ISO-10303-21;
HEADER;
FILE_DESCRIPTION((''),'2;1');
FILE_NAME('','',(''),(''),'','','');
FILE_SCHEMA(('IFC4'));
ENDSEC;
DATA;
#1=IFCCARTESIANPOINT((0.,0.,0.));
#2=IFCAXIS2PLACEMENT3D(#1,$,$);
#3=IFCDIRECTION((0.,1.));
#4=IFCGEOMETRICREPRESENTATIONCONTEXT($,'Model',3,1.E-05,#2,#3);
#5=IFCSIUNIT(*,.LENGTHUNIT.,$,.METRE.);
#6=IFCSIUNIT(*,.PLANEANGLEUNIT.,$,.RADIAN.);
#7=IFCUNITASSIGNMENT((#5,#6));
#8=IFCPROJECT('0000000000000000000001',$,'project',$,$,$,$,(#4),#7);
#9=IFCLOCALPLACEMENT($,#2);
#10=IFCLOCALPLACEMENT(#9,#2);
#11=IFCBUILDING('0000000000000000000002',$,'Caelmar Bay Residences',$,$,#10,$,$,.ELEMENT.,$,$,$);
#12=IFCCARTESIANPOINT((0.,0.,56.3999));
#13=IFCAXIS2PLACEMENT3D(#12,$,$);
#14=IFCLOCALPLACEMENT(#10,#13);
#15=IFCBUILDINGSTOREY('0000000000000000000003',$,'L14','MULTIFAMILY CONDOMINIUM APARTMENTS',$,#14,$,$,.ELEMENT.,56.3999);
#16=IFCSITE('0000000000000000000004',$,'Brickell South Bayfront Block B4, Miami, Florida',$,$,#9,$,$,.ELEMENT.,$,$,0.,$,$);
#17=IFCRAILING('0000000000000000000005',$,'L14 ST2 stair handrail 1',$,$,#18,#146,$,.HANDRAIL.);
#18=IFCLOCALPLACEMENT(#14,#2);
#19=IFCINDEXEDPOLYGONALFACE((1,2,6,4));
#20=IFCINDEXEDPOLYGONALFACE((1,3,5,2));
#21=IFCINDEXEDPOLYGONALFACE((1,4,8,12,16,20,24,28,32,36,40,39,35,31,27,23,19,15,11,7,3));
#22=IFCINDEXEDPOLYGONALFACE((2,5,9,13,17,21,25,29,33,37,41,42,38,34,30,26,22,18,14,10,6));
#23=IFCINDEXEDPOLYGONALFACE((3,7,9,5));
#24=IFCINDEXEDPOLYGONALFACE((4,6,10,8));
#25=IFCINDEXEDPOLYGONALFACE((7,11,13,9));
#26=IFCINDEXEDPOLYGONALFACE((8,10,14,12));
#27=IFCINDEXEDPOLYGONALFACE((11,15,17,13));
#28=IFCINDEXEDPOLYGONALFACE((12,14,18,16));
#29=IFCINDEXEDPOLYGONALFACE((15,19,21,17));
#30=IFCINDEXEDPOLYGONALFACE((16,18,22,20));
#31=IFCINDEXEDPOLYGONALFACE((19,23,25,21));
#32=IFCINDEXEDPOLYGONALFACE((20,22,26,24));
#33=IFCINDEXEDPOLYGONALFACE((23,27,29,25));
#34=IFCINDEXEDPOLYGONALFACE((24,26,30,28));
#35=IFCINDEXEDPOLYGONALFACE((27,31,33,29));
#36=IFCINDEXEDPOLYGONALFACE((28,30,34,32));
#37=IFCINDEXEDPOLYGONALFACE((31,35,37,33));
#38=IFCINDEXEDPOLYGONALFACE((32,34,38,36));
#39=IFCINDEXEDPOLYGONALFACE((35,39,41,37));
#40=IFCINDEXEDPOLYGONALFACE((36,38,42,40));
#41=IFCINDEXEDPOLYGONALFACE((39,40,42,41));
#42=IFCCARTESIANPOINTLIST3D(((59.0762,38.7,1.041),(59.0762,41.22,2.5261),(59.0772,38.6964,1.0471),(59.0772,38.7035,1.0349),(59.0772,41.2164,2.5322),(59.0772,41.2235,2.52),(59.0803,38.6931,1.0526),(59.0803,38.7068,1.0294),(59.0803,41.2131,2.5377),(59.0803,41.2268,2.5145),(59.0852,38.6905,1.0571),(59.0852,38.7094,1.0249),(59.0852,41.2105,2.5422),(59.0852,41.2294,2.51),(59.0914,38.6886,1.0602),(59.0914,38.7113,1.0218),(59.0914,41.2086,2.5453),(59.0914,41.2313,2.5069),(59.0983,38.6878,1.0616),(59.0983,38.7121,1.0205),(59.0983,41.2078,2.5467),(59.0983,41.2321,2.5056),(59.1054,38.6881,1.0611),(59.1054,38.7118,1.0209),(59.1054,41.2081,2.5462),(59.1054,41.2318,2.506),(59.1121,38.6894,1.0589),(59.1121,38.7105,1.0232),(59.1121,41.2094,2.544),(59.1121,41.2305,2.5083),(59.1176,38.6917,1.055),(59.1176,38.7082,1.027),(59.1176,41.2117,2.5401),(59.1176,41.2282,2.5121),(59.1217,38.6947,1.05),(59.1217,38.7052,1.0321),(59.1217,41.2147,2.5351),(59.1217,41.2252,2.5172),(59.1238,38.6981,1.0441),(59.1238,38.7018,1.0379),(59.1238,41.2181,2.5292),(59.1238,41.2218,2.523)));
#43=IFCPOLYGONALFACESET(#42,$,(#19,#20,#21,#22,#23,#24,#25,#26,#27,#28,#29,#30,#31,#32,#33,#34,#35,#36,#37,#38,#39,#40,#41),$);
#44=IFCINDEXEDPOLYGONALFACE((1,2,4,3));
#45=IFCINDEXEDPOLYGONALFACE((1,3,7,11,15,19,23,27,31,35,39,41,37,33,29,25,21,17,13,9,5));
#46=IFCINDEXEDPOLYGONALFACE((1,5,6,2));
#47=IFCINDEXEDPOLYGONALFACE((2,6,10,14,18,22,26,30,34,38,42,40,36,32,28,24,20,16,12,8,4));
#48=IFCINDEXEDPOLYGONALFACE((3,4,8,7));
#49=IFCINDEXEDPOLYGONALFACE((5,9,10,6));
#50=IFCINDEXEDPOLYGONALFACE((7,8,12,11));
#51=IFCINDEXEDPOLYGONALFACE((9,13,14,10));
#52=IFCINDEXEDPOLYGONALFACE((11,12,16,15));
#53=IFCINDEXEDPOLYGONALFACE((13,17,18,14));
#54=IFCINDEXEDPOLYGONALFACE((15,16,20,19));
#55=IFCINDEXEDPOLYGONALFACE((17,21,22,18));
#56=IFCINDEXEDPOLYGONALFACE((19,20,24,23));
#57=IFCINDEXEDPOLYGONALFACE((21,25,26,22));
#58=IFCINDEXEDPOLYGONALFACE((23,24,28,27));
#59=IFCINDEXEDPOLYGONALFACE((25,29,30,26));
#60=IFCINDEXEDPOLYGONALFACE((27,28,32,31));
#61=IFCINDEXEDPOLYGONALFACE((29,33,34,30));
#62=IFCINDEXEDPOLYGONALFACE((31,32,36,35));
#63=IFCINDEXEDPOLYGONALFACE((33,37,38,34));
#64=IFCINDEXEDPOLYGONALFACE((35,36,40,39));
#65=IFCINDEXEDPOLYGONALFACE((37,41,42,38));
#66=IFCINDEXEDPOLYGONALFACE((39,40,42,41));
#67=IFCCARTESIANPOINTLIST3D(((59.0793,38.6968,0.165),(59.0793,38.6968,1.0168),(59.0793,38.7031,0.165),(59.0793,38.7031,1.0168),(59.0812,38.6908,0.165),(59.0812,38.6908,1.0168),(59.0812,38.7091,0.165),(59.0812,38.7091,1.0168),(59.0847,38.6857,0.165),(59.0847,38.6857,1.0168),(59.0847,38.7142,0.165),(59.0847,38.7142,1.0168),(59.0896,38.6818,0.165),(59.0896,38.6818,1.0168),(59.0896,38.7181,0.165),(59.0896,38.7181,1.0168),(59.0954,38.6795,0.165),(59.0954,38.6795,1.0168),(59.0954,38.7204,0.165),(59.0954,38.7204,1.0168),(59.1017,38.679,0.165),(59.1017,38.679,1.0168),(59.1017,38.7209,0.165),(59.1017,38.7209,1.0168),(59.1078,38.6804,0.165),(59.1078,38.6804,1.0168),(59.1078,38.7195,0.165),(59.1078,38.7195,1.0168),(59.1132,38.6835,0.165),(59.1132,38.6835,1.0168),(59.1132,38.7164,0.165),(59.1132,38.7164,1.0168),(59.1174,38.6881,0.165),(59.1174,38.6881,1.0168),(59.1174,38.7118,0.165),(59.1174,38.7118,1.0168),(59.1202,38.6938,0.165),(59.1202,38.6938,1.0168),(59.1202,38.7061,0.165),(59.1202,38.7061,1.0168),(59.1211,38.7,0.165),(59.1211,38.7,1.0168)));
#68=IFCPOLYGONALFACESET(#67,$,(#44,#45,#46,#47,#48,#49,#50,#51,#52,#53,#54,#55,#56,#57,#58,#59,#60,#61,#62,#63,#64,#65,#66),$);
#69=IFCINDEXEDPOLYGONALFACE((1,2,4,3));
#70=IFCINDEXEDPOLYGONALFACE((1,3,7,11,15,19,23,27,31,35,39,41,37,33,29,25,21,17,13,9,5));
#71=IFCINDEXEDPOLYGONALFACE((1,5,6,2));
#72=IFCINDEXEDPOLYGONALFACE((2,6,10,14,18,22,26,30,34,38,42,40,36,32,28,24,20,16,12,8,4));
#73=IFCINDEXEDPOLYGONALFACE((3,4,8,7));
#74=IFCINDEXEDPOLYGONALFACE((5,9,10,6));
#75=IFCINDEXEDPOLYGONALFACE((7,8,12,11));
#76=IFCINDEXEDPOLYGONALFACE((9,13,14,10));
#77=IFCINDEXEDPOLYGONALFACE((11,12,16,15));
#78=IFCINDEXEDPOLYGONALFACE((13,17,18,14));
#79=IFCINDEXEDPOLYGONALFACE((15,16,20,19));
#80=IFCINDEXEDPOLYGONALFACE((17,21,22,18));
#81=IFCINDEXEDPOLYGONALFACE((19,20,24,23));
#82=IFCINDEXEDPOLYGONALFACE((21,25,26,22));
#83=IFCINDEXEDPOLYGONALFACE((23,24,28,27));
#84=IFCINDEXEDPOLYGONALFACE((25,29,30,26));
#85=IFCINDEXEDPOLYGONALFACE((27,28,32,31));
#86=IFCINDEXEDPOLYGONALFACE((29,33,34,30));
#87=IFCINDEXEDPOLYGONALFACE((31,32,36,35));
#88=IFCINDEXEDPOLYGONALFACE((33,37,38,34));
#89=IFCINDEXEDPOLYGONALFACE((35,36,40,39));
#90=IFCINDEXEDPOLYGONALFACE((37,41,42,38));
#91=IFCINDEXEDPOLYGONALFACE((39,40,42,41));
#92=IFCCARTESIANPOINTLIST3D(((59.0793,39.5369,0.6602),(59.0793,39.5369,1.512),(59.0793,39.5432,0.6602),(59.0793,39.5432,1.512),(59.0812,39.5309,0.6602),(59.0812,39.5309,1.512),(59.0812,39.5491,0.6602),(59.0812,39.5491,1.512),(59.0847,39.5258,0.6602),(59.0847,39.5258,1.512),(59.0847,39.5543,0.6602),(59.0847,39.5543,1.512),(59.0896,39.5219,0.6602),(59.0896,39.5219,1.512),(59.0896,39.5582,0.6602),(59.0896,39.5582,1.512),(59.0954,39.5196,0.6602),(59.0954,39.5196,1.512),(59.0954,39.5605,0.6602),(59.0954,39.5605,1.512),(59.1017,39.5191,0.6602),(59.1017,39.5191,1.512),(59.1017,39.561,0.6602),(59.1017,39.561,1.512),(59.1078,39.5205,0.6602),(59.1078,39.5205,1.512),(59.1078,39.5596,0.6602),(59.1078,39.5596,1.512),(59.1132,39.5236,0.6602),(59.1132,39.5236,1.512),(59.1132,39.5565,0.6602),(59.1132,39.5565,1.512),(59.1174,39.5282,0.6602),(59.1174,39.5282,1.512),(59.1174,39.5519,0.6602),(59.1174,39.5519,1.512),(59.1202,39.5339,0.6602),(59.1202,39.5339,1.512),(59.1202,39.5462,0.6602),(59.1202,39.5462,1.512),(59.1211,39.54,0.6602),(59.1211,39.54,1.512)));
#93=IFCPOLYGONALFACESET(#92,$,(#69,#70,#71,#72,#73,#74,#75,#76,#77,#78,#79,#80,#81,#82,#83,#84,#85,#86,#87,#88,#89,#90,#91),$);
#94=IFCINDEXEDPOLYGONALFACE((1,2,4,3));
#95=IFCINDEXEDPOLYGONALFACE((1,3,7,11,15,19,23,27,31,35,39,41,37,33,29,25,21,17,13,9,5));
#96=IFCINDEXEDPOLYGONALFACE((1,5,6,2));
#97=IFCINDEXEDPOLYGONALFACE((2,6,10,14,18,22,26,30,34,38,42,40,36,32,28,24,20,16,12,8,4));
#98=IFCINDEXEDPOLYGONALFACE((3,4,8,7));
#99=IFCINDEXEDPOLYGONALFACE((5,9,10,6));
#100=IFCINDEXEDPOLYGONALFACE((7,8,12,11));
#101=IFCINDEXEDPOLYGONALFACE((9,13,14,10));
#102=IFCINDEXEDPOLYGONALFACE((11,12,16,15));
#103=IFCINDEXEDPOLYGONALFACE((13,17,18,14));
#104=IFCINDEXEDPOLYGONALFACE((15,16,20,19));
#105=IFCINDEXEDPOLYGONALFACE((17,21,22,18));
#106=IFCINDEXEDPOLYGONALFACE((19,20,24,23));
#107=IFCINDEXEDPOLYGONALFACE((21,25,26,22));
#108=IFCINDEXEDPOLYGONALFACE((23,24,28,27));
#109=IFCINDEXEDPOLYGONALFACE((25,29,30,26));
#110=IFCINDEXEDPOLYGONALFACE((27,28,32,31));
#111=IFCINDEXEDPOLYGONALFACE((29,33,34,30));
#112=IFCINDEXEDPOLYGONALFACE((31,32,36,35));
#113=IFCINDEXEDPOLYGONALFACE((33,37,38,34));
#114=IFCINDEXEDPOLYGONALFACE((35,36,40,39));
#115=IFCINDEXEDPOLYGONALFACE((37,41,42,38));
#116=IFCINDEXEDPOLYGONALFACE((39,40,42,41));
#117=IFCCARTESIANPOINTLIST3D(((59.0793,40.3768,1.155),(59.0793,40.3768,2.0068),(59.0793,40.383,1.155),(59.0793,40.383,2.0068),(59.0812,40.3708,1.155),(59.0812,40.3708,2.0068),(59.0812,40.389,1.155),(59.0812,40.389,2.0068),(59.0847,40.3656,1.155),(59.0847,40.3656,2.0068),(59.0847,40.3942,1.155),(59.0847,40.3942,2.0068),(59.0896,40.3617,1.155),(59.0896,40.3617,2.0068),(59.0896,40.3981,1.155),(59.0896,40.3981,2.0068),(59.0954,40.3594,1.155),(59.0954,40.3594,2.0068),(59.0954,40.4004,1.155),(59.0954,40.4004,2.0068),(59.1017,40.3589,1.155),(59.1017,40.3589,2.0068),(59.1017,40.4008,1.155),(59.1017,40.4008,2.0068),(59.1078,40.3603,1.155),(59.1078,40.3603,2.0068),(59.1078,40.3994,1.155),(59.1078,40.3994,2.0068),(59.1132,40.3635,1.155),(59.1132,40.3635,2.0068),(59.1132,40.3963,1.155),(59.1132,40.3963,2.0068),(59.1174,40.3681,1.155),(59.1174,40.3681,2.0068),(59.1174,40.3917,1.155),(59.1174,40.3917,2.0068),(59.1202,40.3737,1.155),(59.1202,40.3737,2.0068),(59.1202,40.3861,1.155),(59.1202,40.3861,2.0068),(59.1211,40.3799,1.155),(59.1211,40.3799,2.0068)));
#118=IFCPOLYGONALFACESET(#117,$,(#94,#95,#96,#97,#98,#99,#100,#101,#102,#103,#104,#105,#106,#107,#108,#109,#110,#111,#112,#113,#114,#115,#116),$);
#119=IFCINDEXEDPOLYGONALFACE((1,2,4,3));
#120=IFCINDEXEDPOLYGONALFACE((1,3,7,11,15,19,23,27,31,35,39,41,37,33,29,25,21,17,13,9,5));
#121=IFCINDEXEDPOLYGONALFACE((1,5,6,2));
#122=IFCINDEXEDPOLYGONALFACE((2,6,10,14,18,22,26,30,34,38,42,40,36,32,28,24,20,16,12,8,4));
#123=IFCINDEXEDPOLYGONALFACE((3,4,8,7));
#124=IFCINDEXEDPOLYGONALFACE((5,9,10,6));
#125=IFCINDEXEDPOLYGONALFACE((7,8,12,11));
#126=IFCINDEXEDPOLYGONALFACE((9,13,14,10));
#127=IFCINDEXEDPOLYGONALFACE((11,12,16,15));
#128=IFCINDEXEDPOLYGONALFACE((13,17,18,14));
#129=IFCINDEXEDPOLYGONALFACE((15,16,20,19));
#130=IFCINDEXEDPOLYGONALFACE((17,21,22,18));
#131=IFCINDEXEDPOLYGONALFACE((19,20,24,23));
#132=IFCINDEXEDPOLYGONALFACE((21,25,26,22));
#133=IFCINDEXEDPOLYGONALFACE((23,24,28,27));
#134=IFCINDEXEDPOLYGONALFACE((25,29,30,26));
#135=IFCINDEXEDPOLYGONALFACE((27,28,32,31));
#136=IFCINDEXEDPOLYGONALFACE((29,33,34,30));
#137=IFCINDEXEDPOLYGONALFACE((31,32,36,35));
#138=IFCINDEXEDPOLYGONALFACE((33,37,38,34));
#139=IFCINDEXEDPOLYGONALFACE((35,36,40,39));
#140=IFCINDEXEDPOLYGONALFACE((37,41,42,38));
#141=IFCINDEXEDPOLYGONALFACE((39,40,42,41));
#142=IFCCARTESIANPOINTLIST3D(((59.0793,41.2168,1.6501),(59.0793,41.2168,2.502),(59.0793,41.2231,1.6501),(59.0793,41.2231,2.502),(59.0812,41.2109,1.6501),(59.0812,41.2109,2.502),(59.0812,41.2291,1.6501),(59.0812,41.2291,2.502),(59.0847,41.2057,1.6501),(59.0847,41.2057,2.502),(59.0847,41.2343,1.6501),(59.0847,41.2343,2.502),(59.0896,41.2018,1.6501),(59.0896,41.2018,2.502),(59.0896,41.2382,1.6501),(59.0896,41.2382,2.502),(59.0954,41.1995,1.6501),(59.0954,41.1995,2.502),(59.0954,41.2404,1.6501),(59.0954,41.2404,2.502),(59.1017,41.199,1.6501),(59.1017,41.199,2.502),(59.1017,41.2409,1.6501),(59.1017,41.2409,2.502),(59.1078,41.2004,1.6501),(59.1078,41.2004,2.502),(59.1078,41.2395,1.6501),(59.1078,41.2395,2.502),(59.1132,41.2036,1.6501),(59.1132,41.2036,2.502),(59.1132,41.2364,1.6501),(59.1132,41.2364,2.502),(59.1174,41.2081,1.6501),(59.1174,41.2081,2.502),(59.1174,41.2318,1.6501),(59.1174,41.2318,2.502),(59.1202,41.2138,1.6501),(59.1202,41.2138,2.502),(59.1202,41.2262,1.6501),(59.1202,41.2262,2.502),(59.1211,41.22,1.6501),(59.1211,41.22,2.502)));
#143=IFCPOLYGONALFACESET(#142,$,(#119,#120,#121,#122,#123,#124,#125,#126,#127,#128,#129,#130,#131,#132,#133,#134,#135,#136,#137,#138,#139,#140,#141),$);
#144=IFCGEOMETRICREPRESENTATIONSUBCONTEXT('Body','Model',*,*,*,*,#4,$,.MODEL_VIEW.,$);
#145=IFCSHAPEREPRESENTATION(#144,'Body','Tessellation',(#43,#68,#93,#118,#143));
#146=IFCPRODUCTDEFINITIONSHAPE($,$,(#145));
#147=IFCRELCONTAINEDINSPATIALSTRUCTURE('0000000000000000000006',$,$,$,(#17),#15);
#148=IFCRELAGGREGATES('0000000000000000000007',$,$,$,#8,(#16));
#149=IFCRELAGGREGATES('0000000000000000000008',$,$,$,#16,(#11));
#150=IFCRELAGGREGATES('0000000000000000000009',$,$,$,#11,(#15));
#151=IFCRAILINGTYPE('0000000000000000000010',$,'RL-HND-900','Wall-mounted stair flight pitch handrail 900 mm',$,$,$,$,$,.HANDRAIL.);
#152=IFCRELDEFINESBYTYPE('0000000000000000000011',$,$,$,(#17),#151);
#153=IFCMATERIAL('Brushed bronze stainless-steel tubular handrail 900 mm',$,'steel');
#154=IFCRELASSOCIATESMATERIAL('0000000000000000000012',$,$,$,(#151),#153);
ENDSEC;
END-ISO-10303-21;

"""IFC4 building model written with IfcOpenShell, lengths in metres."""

from ifc_helpers import new_model, si_unit, direction, frame, origin, origin_2d, place, context, subcontext, project, spatial, circle, extrude, material, type_object, element, save


model = new_model("IFC4")

# Units and contexts
model_context = context("Model", 3, precision=1e-05, world=origin(), true_north=direction((0.0, 1.0)))
body_context = subcontext(model_context, "Body", "Model", "MODEL_VIEW")
ifc_project = project(units=[si_unit("LENGTHUNIT", "METRE"), si_unit("PLANEANGLEUNIT", "RADIAN")], contexts=[model_context])

# Site, building, storey
site_placement = place(None, origin())
site = spatial("IfcSite", under=ifc_project, at=site_placement, Name="Brickell South Bayfront Block B4, Miami, Florida", CompositionType="ELEMENT", RefElevation=0.0)
building_placement = place(site_placement, origin())
building = spatial("IfcBuilding", under=site, at=building_placement, Name="Caelmar Bay Residences", CompositionType="ELEMENT")
storey_placement = place(building_placement, frame((0.0, 0.0, 56.3999)))
storey = spatial("IfcBuildingStorey", under=building, at=storey_placement, Name="L14", Description="MULTIFAMILY CONDOMINIUM APARTMENTS", CompositionType="ELEMENT", Elevation=56.3999)

# Railing
ifc_material_1 = material(Name="Brushed bronze stainless-steel tubular handrail 900 mm", Category="steel")
railing_type_1 = type_object("IfcRailingType", Name="RL-HND-900", Description="Wall-mounted stair flight pitch handrail 900 mm", PredefinedType="HANDRAIL", material=ifc_material_1)
railing_1_placement = place(storey_placement, frame((59.1001, 38.7, 0.165)))
element("IfcRailing", 1, at=railing_1_placement, inside=storey, type_object=railing_type_1, Name="L14 ST2 stair handrail 1", PredefinedType="HANDRAIL", context=body_context, shape_type="SweptSolid", body=[
    extrude(circle(Radius=0.0239, at=origin_2d()), frame((0.0, 0.0, 0.876), z_axis=(0.0, 0.861524, 0.507717), x_axis=(-1.0, 0.0, 0.0)), (0.0, 0.0, 1.0), 2.925),
    extrude(circle(Radius=0.021, at=origin_2d()), origin(), (0.0, 0.0, 1.0), 0.8518),
    extrude(circle(Radius=0.021, at=origin_2d()), frame((0.0, 0.8401, 0.4951)), (0.0, 0.0, 1.0), 0.8518),
    extrude(circle(Radius=0.021, at=origin_2d()), frame((0.0, 1.6799, 0.99)), (0.0, 0.0, 1.0), 0.8518),
    extrude(circle(Radius=0.021, at=origin_2d()), frame((0.0, 2.52, 1.4851)), (0.0, 0.0, 1.0), 0.8518),
])

save(model, "model.ifc")
